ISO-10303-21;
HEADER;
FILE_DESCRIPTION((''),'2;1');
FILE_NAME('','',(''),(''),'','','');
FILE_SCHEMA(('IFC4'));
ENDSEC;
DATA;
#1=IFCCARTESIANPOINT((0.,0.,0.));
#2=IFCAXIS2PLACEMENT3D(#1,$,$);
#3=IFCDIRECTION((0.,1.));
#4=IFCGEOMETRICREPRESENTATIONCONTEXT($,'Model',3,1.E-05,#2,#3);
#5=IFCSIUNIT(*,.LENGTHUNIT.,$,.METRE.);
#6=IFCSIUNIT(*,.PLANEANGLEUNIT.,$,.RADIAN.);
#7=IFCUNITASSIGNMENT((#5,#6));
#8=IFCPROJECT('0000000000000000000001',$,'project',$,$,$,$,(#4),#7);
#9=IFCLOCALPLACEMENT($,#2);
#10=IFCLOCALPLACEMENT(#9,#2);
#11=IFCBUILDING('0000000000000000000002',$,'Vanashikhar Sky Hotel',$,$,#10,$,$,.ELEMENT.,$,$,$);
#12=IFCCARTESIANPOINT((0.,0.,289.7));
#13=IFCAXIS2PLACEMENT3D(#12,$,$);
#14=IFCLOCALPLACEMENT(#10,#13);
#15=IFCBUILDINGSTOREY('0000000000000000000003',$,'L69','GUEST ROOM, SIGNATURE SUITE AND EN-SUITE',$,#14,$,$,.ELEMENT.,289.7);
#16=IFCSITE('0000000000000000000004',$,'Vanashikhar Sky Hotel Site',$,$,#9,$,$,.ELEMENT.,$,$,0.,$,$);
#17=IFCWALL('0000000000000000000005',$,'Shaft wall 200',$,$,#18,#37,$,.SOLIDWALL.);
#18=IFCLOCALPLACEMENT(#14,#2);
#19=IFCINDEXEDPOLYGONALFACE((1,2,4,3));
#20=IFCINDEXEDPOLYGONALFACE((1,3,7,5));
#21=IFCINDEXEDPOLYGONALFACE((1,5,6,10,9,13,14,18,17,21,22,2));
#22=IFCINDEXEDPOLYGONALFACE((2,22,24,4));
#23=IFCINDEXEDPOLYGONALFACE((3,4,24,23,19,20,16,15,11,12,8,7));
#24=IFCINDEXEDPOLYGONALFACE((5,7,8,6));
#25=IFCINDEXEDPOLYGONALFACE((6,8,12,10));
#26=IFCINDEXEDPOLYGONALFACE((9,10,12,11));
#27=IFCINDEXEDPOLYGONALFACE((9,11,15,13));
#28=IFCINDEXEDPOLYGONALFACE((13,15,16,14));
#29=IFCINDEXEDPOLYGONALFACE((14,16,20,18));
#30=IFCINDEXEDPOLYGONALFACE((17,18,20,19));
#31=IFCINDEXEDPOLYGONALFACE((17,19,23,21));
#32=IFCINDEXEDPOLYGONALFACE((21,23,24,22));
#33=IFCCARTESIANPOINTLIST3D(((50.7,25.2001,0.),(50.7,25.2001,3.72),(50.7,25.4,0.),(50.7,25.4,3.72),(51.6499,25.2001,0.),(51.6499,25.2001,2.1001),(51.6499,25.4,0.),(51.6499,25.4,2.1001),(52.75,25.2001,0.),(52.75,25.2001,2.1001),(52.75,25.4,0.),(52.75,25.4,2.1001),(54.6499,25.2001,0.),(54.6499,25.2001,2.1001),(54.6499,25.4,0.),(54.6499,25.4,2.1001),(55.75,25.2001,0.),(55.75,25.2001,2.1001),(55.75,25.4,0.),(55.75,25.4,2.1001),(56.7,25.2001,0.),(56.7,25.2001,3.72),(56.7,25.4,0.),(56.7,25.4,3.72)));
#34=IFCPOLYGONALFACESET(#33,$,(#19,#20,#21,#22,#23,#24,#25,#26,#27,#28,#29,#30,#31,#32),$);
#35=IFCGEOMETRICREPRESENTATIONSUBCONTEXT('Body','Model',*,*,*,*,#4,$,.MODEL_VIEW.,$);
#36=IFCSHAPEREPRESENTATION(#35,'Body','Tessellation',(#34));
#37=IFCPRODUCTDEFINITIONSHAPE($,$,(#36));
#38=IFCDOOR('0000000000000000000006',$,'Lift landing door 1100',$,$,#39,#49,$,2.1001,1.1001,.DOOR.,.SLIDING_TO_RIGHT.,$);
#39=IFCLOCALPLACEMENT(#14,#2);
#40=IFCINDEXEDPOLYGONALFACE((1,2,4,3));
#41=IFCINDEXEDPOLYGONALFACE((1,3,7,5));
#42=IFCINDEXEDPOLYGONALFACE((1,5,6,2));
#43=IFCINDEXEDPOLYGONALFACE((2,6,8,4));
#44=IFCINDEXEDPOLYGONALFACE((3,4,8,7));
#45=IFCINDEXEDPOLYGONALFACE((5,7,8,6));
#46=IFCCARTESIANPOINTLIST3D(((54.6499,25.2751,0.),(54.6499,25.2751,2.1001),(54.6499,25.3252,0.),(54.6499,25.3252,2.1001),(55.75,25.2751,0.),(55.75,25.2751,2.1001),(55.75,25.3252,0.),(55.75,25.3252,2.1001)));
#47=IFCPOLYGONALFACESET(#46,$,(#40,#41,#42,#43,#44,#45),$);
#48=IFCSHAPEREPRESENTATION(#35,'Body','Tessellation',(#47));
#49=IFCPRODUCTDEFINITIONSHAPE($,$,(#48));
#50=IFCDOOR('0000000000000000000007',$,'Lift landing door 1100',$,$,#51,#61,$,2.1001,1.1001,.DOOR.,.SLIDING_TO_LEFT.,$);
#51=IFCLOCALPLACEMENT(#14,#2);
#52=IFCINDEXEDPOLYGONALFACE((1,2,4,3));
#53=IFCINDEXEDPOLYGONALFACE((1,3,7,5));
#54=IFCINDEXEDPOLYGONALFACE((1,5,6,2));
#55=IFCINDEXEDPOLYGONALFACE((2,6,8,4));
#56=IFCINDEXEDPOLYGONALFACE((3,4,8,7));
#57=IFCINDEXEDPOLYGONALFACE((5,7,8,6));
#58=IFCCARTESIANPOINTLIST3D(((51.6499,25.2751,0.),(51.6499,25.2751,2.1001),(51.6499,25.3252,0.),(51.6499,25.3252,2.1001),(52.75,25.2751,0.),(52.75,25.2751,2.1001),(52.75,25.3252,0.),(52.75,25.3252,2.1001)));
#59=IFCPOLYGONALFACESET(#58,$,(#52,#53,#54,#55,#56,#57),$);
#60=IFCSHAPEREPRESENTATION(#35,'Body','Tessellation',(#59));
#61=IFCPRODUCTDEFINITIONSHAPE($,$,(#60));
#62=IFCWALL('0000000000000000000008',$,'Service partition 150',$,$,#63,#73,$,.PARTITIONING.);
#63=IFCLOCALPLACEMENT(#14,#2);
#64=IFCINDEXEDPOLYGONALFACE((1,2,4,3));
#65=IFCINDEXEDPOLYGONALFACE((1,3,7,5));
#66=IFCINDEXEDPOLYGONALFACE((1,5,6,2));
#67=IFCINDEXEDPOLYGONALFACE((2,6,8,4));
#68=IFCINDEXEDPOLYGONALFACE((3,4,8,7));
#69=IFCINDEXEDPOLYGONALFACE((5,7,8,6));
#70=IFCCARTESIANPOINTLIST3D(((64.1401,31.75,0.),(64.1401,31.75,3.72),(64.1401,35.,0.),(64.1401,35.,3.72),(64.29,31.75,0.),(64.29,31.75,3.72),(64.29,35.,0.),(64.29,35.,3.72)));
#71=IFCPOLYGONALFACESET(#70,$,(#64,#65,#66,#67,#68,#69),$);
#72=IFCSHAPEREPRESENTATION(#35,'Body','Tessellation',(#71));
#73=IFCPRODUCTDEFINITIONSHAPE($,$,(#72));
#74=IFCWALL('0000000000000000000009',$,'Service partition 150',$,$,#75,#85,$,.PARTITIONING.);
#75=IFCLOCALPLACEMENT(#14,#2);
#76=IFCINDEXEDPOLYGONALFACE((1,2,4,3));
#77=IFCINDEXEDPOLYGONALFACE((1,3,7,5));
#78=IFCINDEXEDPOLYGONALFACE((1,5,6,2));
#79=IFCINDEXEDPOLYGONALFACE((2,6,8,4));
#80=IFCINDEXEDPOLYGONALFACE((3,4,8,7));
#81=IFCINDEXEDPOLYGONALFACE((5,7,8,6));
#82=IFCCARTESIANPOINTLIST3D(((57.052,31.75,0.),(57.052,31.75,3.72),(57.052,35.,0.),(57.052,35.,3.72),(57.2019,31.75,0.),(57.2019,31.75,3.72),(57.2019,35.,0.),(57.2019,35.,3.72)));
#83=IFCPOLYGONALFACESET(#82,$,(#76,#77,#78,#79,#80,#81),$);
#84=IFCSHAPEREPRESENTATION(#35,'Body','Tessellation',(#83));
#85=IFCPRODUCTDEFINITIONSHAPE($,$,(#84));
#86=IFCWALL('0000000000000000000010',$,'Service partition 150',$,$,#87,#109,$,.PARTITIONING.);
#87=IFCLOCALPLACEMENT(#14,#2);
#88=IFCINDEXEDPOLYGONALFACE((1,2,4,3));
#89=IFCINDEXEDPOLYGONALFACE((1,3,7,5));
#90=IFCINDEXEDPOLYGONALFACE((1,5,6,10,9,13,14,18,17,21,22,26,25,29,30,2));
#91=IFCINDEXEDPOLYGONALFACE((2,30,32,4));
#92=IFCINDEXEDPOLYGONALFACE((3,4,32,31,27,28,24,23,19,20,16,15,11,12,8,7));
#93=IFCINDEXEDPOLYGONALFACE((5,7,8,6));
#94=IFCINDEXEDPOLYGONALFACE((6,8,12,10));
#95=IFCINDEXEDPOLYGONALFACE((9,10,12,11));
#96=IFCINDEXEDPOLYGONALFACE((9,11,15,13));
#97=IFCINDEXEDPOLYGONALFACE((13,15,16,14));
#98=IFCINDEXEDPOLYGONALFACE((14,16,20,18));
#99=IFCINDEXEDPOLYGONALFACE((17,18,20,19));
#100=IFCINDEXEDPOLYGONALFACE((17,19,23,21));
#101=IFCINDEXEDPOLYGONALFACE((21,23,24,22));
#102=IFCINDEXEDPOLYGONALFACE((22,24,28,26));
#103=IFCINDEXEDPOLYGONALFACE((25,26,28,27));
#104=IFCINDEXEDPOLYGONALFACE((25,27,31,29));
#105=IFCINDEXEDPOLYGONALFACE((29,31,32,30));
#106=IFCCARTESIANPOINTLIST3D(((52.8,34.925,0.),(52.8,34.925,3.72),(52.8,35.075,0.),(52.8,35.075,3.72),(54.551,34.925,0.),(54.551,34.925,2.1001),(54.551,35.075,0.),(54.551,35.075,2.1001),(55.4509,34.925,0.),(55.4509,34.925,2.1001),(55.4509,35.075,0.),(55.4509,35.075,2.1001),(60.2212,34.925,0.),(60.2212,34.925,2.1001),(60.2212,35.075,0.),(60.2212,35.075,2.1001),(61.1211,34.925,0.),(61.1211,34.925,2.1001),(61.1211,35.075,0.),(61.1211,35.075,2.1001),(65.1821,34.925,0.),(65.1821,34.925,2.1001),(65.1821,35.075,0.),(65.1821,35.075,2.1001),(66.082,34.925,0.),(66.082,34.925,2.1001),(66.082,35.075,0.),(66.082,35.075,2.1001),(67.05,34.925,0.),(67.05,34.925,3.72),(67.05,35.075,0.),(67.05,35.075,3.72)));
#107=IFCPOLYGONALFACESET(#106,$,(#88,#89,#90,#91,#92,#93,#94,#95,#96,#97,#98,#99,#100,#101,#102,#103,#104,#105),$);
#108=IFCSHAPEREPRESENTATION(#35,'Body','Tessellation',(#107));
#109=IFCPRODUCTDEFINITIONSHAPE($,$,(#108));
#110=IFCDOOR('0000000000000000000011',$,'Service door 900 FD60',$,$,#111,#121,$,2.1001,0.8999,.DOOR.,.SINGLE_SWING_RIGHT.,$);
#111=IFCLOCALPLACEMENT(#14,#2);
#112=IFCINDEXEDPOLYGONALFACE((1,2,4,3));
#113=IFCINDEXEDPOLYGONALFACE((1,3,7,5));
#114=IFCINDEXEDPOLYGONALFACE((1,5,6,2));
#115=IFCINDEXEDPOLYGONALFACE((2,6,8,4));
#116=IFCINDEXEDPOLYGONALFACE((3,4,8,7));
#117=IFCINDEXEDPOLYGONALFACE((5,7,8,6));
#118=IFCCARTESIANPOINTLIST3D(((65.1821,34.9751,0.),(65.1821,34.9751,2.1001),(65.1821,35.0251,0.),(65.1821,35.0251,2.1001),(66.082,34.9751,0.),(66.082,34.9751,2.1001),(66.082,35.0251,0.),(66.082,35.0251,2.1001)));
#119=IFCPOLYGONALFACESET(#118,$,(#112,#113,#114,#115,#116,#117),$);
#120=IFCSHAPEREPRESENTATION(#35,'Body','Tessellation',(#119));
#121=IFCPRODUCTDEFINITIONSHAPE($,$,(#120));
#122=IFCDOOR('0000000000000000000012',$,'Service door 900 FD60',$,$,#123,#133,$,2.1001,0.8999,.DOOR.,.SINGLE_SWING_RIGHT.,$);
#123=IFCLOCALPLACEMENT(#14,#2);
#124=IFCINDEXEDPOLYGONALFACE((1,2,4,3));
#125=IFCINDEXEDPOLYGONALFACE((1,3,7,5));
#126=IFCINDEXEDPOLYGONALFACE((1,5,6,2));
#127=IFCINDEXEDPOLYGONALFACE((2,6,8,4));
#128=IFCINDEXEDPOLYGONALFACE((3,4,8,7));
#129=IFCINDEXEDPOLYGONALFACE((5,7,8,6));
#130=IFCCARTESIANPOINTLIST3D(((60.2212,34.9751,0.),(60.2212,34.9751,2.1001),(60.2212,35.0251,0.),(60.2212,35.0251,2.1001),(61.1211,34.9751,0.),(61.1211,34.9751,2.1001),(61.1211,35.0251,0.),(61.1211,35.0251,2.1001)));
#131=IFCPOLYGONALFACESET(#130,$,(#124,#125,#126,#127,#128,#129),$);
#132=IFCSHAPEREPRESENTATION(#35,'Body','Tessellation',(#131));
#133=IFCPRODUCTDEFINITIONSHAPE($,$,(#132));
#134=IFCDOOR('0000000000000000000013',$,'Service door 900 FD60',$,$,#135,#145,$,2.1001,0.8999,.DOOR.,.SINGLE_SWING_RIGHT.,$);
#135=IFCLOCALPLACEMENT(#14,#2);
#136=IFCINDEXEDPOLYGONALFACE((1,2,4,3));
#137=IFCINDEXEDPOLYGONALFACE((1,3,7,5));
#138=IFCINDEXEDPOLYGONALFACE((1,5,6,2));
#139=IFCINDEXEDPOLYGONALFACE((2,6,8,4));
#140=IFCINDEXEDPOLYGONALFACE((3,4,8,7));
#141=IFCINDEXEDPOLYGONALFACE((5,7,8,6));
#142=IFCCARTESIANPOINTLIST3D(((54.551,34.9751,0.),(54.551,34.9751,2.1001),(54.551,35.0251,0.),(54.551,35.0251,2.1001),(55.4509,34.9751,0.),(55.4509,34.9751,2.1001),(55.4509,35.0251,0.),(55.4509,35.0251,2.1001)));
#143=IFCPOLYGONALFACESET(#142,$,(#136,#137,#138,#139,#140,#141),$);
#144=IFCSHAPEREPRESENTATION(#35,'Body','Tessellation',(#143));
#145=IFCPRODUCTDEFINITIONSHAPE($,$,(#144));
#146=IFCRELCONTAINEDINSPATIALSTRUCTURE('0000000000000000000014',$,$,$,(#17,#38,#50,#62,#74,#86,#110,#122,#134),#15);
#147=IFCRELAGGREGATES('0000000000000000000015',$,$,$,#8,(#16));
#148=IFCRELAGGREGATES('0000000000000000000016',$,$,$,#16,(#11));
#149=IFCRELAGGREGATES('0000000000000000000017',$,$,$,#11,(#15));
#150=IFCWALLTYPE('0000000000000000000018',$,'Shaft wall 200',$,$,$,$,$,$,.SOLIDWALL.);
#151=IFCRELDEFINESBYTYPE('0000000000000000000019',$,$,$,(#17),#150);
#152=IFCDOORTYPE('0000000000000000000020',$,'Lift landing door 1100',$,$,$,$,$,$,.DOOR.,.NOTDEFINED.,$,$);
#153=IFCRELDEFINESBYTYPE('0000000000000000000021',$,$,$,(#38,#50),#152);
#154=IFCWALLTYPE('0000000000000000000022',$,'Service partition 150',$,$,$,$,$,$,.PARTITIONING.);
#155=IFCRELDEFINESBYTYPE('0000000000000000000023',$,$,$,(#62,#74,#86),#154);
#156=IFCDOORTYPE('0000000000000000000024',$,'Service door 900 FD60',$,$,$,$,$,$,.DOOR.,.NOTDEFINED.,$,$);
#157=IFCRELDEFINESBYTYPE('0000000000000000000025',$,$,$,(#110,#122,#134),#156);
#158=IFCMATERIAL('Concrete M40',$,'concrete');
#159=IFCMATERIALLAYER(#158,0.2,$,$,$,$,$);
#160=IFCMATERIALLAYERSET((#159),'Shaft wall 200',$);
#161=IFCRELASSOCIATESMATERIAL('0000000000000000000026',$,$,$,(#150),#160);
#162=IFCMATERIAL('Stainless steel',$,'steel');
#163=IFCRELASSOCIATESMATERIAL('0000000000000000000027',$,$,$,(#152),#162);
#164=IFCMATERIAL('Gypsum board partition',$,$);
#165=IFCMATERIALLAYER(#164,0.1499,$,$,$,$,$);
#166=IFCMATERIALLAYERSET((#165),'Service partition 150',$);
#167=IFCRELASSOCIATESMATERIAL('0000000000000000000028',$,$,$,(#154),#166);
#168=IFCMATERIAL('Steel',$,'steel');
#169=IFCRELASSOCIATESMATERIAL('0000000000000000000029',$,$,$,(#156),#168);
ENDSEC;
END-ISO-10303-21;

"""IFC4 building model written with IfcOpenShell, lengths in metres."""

from ifc_helpers import new_model, si_unit, direction, frame, frame_2d, origin, place, context, subcontext, project, spatial, rectangle, extrude, source, transform, mapped, material, layer, layer_set, type_object, element, fill, save


model = new_model("IFC4")

# Units and contexts
model_context = context("Model", 3, precision=1e-05, world=origin(), true_north=direction((0.0, 1.0)))
body_context = subcontext(model_context, "Body", "Model", "MODEL_VIEW")
ifc_project = project(units=[si_unit("LENGTHUNIT", "METRE"), si_unit("PLANEANGLEUNIT", "RADIAN")], contexts=[model_context])

# Site, building, storey
site_placement = place(None, origin())
site = spatial("IfcSite", under=ifc_project, at=site_placement, Name="Vanashikhar Sky Hotel Site", CompositionType="ELEMENT", RefElevation=0.0)
building_placement = place(site_placement, origin())
building = spatial("IfcBuilding", under=site, at=building_placement, Name="Vanashikhar Sky Hotel", CompositionType="ELEMENT")
storey_placement = place(building_placement, frame((0.0, 0.0, 289.7)))
storey = spatial("IfcBuildingStorey", under=building, at=storey_placement, Name="L69", Description="GUEST ROOM, SIGNATURE SUITE AND EN-SUITE", CompositionType="ELEMENT", Elevation=289.7)

# Wall, openings, doors
ifc_material_1 = material(Name="Concrete M40", Category="concrete")
ifc_layer_1 = layer(ifc_material_1, 0.2)
ifc_layer_set_1 = layer_set([ifc_layer_1], Name="Shaft wall 200")
wall_type_1 = type_object("IfcWallType", Name="Shaft wall 200", PredefinedType="SOLIDWALL", material=ifc_layer_set_1)
shared_shape_1 = source(origin(), body_context, "Body", "SweptSolid", [
    extrude(rectangle(XDim=6.0, YDim=0.2, at=frame_2d((3.0, 0.0))), origin(), (0.0, 0.0, 1.0), 3.72),
])
wall_1_placement = place(storey_placement, frame((56.7, 25.3, 0.0), z_axis=(0.0, 0.0, 1.0), x_axis=(-1.0, 0.0, 0.0)))
wall_1 = element("IfcWall", 1, at=wall_1_placement, inside=storey, type_object=wall_type_1, Name="Shaft wall 200", PredefinedType="SOLIDWALL", context=body_context, shape_type="MappedRepresentation", body=[
    mapped(shared_shape_1, transform((0.0, 0.0, 0.0), scale=1.0)),
])
shared_shape_2 = source(origin(), body_context, "Body", "SweptSolid", [
    extrude(rectangle(XDim=1.1001, YDim=2.1001, at=frame_2d((0.55, 1.05))), frame((0.0, 0.1099, 0.0), z_axis=(0.0, -1.0, 0.0), x_axis=(1.0, 0.0, 0.0)), (0.0, 0.0, 1.0), 0.22),
])
opening_1_placement = place(wall_1_placement, frame((0.95, 0.0, 0.0)))
opening_1 = element("IfcOpeningElement", 2, at=opening_1_placement, cuts=wall_1, PredefinedType="OPENING", context=body_context, shape_type="MappedRepresentation", body=[
    mapped(shared_shape_2, transform((0.0, 0.0, 0.0), scale=1.0)),
])
opening_2_placement = place(wall_1_placement, frame((3.95, 0.0, 0.0)))
opening_2 = element("IfcOpeningElement", 3, at=opening_2_placement, cuts=wall_1, PredefinedType="OPENING", context=body_context, shape_type="MappedRepresentation", body=[
    mapped(shared_shape_2, transform((0.0, 0.0, 0.0), scale=1.0)),
])
ifc_material_2 = material(Name="Stainless steel", Category="steel")
door_type_1 = type_object("IfcDoorType", Name="Lift landing door 1100", OperationType="NOTDEFINED", PredefinedType="DOOR", material=ifc_material_2)
shared_shape_3 = source(origin(), body_context, "Body", "SweptSolid", [
    extrude(rectangle(XDim=1.1001, YDim=2.1001, at=frame_2d((0.55, 1.05))), frame((0.0, 0.0249, 0.0), z_axis=(0.0, -1.0, 0.0), x_axis=(1.0, 0.0, 0.0)), (0.0, 0.0, 1.0), 0.05),
])
door_1_placement = place(opening_1_placement, origin())
door_1 = element("IfcDoor", 4, at=door_1_placement, inside=storey, type_object=door_type_1, Name="Lift landing door 1100", OperationType="SLIDING_TO_RIGHT", OverallHeight=2.1001, OverallWidth=1.1001, PredefinedType="DOOR", context=body_context, shape_type="MappedRepresentation", body=[
    mapped(shared_shape_3, transform((0.0, 0.0, 0.0), scale=1.0)),
])
fill(opening_1, door_1)
door_2_placement = place(opening_2_placement, origin())
door_2 = element("IfcDoor", 5, at=door_2_placement, inside=storey, type_object=door_type_1, Name="Lift landing door 1100", OperationType="SLIDING_TO_LEFT", OverallHeight=2.1001, OverallWidth=1.1001, PredefinedType="DOOR", context=body_context, shape_type="MappedRepresentation", body=[
    mapped(shared_shape_3, transform((0.0, 0.0, 0.0), scale=1.0)),
])
fill(opening_2, door_2)

# Walls
ifc_material_3 = material(Name="Gypsum board partition")
ifc_layer_2 = layer(ifc_material_3, 0.1499)
ifc_layer_set_2 = layer_set([ifc_layer_2], Name="Service partition 150")
wall_type_2 = type_object("IfcWallType", Name="Service partition 150", PredefinedType="PARTITIONING", material=ifc_layer_set_2)
shared_shape_4 = source(origin(), body_context, "Body", "SweptSolid", [
    extrude(rectangle(XDim=3.25, YDim=0.1499, at=frame_2d((1.625, 0.0))), origin(), (0.0, 0.0, 1.0), 3.72),
])
for number, where, z_axis, x_axis, name in (
    (6, (64.2151, 31.75, 0.0), (0.0, 0.0, 1.0), (0.0, 1.0, 0.0), "Service partition 150"),
    (7, (57.127, 31.75, 0.0), (0.0, 0.0, 1.0), (0.0, 1.0, 0.0), "Service partition 150"),
):
    element("IfcWall", number, at=place(storey_placement, frame(where, z_axis=z_axis, x_axis=x_axis)), inside=storey, type_object=wall_type_2, Name=name, PredefinedType="PARTITIONING", context=body_context, shape_type="MappedRepresentation", body=[
        mapped(shared_shape_4, transform((0.0, 0.0, 0.0), scale=1.0)),
    ])

# Wall, openings, doors
shared_shape_5 = source(origin(), body_context, "Body", "SweptSolid", [
    extrude(rectangle(XDim=14.25, YDim=0.1499, at=frame_2d((7.125, 0.0))), origin(), (0.0, 0.0, 1.0), 3.72),
])
wall_2_placement = place(storey_placement, frame((67.05, 35.0, 0.0), z_axis=(0.0, 0.0, 1.0), x_axis=(-1.0, 0.0, 0.0)))
wall_2 = element("IfcWall", 8, at=wall_2_placement, inside=storey, type_object=wall_type_2, Name="Service partition 150", PredefinedType="PARTITIONING", context=body_context, shape_type="MappedRepresentation", body=[
    mapped(shared_shape_5, transform((0.0, 0.0, 0.0), scale=1.0)),
])
shared_shape_6 = source(origin(), body_context, "Body", "SweptSolid", [
    extrude(rectangle(XDim=0.8999, YDim=2.1001, at=frame_2d((0.45, 1.05))), frame((0.0, 0.085, 0.0), z_axis=(0.0, -1.0, 0.0), x_axis=(1.0, 0.0, 0.0)), (0.0, 0.0, 1.0), 0.1699),
])
opening_3_placement = place(wall_2_placement, frame((0.968, 0.0, 0.0)))
opening_3 = element("IfcOpeningElement", 9, at=opening_3_placement, cuts=wall_2, PredefinedType="OPENING", context=body_context, shape_type="MappedRepresentation", body=[
    mapped(shared_shape_6, transform((0.0, 0.0, 0.0), scale=1.0)),
])
opening_4_placement = place(wall_2_placement, frame((5.929, 0.0, 0.0)))
opening_4 = element("IfcOpeningElement", 10, at=opening_4_placement, cuts=wall_2, PredefinedType="OPENING", context=body_context, shape_type="MappedRepresentation", body=[
    mapped(shared_shape_6, transform((0.0, 0.0, 0.0), scale=1.0)),
])
opening_5_placement = place(wall_2_placement, frame((11.5991, 0.0, 0.0)))
opening_5 = element("IfcOpeningElement", 11, at=opening_5_placement, cuts=wall_2, PredefinedType="OPENING", context=body_context, shape_type="MappedRepresentation", body=[
    mapped(shared_shape_6, transform((0.0, 0.0, 0.0), scale=1.0)),
])
ifc_material_4 = material(Name="Steel", Category="steel")
door_type_2 = type_object("IfcDoorType", Name="Service door 900 FD60", OperationType="NOTDEFINED", PredefinedType="DOOR", material=ifc_material_4)
shared_shape_7 = source(origin(), body_context, "Body", "SweptSolid", [
    extrude(rectangle(XDim=0.8999, YDim=2.1001, at=frame_2d((0.45, 1.05))), frame((0.0, 0.0249, 0.0), z_axis=(0.0, -1.0, 0.0), x_axis=(1.0, 0.0, 0.0)), (0.0, 0.0, 1.0), 0.05),
])
door_3_placement = place(opening_3_placement, origin())
door_3 = element("IfcDoor", 12, at=door_3_placement, inside=storey, type_object=door_type_2, Name="Service door 900 FD60", OperationType="SINGLE_SWING_RIGHT", OverallHeight=2.1001, OverallWidth=0.8999, PredefinedType="DOOR", context=body_context, shape_type="MappedRepresentation", body=[
    mapped(shared_shape_7, transform((0.0, 0.0, 0.0), scale=1.0)),
])
fill(opening_3, door_3)
door_4_placement = place(opening_4_placement, origin())
door_4 = element("IfcDoor", 13, at=door_4_placement, inside=storey, type_object=door_type_2, Name="Service door 900 FD60", OperationType="SINGLE_SWING_RIGHT", OverallHeight=2.1001, OverallWidth=0.8999, PredefinedType="DOOR", context=body_context, shape_type="MappedRepresentation", body=[
    mapped(shared_shape_7, transform((0.0, 0.0, 0.0), scale=1.0)),
])
fill(opening_4, door_4)
door_5_placement = place(opening_5_placement, origin())
door_5 = element("IfcDoor", 14, at=door_5_placement, inside=storey, type_object=door_type_2, Name="Service door 900 FD60", OperationType="SINGLE_SWING_RIGHT", OverallHeight=2.1001, OverallWidth=0.8999, PredefinedType="DOOR", context=body_context, shape_type="MappedRepresentation", body=[
    mapped(shared_shape_7, transform((0.0, 0.0, 0.0), scale=1.0)),
])
fill(opening_5, door_5)

save(model, "model.ifc")
